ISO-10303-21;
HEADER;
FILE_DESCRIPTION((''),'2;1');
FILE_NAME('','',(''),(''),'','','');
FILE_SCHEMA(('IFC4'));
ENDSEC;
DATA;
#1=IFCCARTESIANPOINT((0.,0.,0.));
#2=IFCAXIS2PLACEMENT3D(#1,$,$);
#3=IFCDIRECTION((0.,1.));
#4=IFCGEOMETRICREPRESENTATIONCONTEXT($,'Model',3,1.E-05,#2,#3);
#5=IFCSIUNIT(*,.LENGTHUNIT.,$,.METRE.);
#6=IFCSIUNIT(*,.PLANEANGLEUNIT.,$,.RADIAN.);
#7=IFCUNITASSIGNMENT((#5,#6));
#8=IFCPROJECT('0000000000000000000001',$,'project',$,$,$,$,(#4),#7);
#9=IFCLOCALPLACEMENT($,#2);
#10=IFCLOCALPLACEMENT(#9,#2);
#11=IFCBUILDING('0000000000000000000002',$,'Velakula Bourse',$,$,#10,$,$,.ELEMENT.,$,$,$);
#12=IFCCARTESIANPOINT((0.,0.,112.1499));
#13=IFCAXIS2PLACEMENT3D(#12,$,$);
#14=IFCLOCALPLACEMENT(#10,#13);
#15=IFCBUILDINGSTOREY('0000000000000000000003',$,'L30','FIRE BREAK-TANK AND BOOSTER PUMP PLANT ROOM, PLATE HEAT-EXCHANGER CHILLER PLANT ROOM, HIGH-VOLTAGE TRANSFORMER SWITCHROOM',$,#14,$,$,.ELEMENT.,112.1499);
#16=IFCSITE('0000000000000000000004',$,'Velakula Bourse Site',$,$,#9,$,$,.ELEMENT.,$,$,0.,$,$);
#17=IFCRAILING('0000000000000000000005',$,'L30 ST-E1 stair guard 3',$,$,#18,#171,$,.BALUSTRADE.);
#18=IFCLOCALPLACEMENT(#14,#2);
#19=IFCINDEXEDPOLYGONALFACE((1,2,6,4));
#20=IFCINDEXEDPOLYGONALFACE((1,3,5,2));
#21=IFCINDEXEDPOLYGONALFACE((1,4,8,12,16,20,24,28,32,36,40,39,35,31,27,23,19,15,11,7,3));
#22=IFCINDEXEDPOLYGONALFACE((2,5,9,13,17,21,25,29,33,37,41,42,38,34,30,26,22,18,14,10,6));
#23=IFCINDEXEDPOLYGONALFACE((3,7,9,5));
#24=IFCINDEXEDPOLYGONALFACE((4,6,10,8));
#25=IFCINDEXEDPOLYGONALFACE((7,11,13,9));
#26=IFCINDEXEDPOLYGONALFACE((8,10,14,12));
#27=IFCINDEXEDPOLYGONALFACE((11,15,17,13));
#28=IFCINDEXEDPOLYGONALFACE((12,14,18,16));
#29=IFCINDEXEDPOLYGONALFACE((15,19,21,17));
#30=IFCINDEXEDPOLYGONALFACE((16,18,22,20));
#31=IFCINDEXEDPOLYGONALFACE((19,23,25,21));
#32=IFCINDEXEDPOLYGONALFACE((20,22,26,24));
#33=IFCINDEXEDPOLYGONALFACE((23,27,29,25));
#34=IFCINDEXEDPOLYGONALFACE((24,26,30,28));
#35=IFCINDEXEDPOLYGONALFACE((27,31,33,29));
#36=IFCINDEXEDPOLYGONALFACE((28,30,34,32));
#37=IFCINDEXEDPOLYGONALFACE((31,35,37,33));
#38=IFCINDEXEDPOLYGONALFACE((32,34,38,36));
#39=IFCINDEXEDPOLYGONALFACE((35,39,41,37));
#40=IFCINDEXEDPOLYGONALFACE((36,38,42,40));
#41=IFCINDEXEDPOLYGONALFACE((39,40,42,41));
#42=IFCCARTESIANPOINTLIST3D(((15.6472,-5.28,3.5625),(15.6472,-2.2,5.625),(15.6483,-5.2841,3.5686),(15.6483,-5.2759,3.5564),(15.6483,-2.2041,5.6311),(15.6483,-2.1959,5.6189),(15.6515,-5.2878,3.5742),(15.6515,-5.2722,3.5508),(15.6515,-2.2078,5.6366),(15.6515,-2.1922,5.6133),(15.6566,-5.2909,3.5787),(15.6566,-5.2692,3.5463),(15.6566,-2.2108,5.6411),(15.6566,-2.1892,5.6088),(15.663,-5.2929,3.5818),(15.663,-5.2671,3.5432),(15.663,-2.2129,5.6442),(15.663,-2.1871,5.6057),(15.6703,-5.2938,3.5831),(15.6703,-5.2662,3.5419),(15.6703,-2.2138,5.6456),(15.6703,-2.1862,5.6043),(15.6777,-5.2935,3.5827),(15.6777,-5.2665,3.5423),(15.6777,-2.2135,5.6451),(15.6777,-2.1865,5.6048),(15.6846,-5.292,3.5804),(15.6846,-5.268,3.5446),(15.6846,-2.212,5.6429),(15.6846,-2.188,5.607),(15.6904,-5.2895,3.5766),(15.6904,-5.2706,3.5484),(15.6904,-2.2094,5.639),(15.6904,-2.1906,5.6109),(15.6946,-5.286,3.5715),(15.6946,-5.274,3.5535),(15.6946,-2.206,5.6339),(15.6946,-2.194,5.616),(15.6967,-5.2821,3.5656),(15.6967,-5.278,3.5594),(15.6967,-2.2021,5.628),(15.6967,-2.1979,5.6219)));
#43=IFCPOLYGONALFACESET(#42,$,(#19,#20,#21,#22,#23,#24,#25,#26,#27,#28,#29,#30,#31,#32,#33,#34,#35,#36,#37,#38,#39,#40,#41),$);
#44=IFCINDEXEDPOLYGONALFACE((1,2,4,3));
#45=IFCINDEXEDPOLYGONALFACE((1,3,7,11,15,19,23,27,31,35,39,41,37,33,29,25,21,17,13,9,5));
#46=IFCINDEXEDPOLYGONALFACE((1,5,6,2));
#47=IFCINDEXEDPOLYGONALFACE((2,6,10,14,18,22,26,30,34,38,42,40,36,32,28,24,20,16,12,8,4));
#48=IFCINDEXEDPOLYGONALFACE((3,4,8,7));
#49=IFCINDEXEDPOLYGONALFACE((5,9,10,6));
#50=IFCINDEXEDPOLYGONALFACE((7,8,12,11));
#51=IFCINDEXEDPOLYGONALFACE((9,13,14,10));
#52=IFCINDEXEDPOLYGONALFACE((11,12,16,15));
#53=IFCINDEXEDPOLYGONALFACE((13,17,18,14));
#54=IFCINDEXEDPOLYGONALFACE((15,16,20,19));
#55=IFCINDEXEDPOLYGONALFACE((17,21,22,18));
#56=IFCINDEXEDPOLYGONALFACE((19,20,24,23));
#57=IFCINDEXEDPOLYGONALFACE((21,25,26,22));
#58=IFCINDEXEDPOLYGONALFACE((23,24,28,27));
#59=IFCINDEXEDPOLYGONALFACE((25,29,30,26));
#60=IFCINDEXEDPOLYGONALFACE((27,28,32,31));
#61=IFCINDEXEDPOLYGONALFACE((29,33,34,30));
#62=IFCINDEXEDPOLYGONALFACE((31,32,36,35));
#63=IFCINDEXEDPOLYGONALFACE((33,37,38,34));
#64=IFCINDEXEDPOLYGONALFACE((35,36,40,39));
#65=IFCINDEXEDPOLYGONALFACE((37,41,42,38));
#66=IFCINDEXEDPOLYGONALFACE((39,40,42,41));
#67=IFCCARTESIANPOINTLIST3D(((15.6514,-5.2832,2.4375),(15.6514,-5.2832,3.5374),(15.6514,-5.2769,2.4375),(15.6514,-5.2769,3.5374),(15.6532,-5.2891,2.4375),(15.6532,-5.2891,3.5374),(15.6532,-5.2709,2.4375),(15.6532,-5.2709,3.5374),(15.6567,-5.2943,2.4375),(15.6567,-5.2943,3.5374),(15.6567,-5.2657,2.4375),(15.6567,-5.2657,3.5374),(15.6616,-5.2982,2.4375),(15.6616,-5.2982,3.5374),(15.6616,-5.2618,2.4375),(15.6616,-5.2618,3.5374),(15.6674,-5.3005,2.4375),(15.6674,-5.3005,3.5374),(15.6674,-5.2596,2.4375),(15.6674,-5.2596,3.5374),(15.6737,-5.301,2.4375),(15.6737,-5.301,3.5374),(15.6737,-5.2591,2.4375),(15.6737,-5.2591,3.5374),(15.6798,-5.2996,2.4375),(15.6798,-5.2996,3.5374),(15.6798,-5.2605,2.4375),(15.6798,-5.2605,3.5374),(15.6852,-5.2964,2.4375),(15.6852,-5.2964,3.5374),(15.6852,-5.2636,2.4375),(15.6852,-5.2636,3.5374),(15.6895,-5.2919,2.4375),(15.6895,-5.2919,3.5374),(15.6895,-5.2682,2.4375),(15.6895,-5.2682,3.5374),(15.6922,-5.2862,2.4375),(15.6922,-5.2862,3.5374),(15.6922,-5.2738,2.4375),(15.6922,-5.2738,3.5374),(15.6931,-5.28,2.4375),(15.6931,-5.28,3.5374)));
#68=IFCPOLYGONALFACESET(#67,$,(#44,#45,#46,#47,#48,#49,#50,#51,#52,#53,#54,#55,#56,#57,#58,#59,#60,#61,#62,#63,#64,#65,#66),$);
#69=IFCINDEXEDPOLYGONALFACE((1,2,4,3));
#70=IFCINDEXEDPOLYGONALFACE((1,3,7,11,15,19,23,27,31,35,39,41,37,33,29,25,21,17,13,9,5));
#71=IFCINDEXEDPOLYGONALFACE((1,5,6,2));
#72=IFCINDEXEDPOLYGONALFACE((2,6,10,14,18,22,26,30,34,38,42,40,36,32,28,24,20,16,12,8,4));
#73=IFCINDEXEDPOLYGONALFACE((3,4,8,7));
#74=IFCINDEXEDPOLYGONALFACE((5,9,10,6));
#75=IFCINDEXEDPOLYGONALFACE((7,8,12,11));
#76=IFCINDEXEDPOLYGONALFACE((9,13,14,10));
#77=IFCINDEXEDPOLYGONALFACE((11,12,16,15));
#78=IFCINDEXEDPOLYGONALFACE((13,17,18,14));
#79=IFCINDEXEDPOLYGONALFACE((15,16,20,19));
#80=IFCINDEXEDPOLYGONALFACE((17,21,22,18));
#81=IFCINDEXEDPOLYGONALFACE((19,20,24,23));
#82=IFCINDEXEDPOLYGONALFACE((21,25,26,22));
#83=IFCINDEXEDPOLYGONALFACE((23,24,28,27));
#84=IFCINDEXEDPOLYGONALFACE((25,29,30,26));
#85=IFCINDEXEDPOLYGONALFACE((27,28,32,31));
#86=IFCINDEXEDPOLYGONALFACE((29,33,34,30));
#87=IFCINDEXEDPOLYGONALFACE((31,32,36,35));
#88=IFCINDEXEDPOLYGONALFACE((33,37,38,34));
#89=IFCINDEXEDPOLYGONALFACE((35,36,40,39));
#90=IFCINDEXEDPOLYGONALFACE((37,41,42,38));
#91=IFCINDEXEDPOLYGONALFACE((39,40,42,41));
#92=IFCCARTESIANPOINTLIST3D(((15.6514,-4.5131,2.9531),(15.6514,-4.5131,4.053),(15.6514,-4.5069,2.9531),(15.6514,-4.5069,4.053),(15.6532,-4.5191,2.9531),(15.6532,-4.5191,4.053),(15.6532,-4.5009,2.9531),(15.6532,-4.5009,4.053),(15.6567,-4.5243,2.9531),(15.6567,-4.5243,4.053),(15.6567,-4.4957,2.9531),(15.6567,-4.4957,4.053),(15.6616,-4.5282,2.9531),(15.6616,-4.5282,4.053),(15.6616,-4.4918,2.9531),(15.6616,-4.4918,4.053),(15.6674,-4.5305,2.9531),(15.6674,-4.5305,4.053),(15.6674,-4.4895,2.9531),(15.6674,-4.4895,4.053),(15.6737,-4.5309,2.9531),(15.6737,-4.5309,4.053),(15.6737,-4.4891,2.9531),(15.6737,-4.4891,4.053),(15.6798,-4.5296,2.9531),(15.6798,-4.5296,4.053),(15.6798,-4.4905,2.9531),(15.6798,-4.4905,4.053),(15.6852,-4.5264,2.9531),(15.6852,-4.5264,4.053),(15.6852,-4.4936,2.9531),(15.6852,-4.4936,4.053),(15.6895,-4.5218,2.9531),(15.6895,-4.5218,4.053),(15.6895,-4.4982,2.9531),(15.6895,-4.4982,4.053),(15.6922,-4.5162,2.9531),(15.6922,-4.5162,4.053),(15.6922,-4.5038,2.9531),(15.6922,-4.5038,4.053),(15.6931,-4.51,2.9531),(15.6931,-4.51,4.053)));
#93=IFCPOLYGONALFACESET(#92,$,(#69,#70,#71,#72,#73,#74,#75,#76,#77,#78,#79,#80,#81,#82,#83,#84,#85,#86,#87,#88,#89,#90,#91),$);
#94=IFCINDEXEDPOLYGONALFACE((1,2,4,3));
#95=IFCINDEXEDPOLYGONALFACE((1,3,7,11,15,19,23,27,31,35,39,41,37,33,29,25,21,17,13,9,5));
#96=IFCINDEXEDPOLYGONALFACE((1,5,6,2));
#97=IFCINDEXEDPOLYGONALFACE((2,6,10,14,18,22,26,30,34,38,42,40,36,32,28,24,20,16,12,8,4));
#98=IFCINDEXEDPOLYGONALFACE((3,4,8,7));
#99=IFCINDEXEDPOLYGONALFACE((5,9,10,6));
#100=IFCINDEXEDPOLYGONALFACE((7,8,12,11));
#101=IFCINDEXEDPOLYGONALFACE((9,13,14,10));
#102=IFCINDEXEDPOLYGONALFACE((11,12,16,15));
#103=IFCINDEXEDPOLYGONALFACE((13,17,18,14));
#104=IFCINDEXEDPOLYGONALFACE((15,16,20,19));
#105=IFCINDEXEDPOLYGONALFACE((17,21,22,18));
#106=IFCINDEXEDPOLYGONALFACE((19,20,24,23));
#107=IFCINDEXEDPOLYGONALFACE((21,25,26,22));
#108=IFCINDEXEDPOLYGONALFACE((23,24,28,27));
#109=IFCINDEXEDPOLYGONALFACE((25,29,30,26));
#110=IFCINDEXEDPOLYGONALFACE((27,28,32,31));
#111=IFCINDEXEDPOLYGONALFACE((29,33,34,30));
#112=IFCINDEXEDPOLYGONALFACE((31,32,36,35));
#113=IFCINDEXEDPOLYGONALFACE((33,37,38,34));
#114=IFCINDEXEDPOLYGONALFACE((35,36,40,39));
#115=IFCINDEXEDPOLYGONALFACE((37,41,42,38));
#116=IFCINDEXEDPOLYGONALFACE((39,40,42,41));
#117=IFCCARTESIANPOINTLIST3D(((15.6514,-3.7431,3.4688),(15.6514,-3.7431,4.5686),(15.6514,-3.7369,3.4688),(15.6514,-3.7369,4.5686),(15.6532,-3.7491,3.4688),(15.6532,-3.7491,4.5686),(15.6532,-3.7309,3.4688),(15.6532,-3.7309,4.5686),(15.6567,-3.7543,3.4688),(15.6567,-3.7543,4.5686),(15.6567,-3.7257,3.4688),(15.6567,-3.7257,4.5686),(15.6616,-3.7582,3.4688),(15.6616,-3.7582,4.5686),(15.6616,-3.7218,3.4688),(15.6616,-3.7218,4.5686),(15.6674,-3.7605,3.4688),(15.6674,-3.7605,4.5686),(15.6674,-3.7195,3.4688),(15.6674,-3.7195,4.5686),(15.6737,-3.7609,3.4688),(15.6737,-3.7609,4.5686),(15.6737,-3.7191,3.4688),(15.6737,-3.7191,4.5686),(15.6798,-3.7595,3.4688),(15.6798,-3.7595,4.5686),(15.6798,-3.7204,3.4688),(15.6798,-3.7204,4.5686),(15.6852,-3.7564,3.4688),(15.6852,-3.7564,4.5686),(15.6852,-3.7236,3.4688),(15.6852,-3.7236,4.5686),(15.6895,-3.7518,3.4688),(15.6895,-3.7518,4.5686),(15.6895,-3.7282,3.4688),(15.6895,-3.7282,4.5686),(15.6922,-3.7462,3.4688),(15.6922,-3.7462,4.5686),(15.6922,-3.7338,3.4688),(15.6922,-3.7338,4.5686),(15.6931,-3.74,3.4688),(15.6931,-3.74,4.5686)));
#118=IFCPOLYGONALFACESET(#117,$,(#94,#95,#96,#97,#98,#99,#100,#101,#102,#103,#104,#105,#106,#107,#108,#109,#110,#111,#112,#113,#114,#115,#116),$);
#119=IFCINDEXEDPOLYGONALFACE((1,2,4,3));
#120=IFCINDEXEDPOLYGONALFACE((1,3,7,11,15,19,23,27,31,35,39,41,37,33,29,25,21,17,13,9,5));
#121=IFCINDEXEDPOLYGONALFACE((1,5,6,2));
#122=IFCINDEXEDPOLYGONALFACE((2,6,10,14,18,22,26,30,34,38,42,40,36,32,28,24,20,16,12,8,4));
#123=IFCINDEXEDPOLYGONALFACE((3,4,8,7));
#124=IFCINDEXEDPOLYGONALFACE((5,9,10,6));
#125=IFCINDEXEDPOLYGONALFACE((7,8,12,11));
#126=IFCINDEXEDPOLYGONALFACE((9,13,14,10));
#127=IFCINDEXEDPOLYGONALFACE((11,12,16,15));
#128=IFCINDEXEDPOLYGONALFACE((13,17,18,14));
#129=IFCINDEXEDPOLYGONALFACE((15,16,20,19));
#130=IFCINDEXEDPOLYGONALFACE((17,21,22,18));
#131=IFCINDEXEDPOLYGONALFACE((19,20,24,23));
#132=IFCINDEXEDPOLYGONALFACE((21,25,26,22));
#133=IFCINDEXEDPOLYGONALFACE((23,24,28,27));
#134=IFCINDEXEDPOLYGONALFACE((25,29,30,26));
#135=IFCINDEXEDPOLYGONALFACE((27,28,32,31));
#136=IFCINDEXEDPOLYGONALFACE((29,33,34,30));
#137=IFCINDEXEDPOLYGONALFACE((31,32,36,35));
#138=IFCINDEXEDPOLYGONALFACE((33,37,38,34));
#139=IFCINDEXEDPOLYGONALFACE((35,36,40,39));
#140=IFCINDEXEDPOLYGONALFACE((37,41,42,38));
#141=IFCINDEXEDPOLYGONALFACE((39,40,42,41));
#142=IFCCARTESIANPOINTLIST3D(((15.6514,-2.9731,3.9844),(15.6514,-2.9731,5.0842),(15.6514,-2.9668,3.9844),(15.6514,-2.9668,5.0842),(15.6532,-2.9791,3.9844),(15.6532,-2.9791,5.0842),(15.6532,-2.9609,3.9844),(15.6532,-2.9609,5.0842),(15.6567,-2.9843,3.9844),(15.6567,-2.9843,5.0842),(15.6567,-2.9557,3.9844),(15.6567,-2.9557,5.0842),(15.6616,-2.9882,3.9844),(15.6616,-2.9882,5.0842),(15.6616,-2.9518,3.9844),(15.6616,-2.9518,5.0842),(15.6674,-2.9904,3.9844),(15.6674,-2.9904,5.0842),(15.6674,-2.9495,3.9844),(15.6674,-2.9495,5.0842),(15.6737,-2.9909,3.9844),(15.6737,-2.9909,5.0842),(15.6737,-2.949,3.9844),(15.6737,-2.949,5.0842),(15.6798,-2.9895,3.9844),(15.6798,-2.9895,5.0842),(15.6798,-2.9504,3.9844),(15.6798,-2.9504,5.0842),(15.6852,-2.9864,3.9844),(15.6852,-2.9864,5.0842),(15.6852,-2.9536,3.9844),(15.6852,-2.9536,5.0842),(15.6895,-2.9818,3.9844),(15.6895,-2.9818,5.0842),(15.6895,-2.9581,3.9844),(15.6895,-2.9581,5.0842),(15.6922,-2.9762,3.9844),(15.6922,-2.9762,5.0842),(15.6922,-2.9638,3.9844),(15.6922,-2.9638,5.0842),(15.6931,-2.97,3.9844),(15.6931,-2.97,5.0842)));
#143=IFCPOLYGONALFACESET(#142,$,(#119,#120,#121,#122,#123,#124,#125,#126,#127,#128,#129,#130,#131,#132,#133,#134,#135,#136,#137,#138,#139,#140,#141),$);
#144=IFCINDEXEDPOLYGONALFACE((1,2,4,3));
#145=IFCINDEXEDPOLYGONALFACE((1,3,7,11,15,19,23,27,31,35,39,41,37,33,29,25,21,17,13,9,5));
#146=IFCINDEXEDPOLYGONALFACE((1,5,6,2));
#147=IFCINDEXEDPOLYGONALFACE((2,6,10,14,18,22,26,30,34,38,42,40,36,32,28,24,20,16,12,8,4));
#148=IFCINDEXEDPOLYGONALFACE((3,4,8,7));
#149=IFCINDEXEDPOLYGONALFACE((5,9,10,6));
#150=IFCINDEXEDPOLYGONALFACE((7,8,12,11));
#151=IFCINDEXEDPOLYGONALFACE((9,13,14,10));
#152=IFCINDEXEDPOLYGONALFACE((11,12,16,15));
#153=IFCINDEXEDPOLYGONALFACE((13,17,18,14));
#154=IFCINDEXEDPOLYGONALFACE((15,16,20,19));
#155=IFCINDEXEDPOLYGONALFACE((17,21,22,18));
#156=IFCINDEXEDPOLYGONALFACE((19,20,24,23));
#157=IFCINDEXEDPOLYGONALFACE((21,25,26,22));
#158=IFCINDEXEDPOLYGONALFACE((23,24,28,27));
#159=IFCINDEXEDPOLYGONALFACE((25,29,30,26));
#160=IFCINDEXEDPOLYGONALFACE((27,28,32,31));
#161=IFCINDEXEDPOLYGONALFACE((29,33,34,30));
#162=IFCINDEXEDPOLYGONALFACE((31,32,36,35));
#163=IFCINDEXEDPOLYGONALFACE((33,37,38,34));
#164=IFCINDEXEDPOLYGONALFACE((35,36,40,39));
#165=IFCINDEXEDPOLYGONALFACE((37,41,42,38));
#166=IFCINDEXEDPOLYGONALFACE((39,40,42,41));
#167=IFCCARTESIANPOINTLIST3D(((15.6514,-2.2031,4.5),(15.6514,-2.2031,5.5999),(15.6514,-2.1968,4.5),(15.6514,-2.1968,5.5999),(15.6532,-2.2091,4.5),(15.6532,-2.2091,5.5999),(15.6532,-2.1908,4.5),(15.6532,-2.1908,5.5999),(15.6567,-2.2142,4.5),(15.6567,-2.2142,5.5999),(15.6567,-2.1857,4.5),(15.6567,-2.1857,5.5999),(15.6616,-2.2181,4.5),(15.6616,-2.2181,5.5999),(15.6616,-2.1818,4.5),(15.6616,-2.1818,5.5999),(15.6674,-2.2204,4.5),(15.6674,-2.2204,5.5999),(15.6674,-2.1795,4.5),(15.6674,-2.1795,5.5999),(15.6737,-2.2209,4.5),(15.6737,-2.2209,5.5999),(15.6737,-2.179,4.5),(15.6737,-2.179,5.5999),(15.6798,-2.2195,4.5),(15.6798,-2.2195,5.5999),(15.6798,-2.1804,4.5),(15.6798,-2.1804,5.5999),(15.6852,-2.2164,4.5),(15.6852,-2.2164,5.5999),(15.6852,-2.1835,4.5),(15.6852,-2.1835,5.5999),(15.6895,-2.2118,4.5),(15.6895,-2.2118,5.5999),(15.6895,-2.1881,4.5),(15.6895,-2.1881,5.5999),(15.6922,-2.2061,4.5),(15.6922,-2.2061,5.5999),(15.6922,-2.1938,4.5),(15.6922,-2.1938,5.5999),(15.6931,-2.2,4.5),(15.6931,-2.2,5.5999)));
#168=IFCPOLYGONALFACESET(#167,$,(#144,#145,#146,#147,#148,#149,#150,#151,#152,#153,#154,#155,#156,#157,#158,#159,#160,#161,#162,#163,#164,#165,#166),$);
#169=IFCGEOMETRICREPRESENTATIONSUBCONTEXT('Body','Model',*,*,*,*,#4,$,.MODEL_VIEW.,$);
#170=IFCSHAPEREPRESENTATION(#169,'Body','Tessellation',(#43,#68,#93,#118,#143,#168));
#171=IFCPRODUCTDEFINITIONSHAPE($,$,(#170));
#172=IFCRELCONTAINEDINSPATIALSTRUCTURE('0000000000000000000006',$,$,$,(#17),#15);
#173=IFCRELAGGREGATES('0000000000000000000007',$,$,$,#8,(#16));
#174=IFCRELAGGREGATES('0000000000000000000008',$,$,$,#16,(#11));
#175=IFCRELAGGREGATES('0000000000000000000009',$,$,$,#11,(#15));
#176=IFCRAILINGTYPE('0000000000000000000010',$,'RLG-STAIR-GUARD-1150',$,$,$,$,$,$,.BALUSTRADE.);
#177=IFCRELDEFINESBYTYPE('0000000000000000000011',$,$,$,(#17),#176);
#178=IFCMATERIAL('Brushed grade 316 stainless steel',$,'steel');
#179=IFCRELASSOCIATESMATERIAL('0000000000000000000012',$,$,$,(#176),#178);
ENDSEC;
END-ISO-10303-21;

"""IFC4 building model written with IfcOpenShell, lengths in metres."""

from ifc_helpers import new_model, si_unit, direction, frame, origin, origin_2d, place, context, subcontext, project, spatial, circle, extrude, material, type_object, element, save


model = new_model("IFC4")

# Units and contexts
model_context = context("Model", 3, precision=1e-05, world=origin(), true_north=direction((0.0, 1.0)))
body_context = subcontext(model_context, "Body", "Model", "MODEL_VIEW")
ifc_project = project(units=[si_unit("LENGTHUNIT", "METRE"), si_unit("PLANEANGLEUNIT", "RADIAN")], contexts=[model_context])

# Site, building, storey
site_placement = place(None, origin())
site = spatial("IfcSite", under=ifc_project, at=site_placement, Name="Velakula Bourse Site", CompositionType="ELEMENT", RefElevation=0.0)
building_placement = place(site_placement, origin())
building = spatial("IfcBuilding", under=site, at=building_placement, Name="Velakula Bourse", CompositionType="ELEMENT")
storey_placement = place(building_placement, frame((0.0, 0.0, 112.1499)))
storey = spatial("IfcBuildingStorey", under=building, at=storey_placement, Name="L30", Description="FIRE BREAK-TANK AND BOOSTER PUMP PLANT ROOM, PLATE HEAT-EXCHANGER CHILLER PLANT ROOM, HIGH-VOLTAGE TRANSFORMER SWITCHROOM", CompositionType="ELEMENT", Elevation=112.1499)

# Railing
ifc_material_1 = material(Name="Brushed grade 316 stainless steel", Category="steel")
railing_type_1 = type_object("IfcRailingType", Name="RLG-STAIR-GUARD-1150", PredefinedType="BALUSTRADE", material=ifc_material_1)
railing_1_placement = place(storey_placement, frame((15.6721, -5.28, 2.4375)))
element("IfcRailing", 1, at=railing_1_placement, inside=storey, type_object=railing_type_1, Name="L30 ST-E1 stair guard 3", PredefinedType="BALUSTRADE", context=body_context, shape_type="SweptSolid", body=[
    extrude(circle(Radius=0.0249, at=origin_2d()), frame((0.0, 0.0, 1.125), z_axis=(0.0, 0.830914, 0.556401), x_axis=(-1.0, 0.0, 0.0)), (0.0, 0.0, 1.0), 3.7068),
    extrude(circle(Radius=0.021, at=origin_2d()), origin(), (0.0, 0.0, 1.0), 1.0999),
    extrude(circle(Radius=0.021, at=origin_2d()), frame((0.0, 0.77, 0.5156)), (0.0, 0.0, 1.0), 1.0999),
    extrude(circle(Radius=0.021, at=origin_2d()), frame((0.0, 1.54, 1.0312)), (0.0, 0.0, 1.0), 1.0999),
    extrude(circle(Radius=0.021, at=origin_2d()), frame((0.0, 2.3101, 1.5469)), (0.0, 0.0, 1.0), 1.0999),
    extrude(circle(Radius=0.021, at=origin_2d()), frame((0.0, 3.0801, 2.0625)), (0.0, 0.0, 1.0), 1.0999),
])

save(model, "model.ifc")
